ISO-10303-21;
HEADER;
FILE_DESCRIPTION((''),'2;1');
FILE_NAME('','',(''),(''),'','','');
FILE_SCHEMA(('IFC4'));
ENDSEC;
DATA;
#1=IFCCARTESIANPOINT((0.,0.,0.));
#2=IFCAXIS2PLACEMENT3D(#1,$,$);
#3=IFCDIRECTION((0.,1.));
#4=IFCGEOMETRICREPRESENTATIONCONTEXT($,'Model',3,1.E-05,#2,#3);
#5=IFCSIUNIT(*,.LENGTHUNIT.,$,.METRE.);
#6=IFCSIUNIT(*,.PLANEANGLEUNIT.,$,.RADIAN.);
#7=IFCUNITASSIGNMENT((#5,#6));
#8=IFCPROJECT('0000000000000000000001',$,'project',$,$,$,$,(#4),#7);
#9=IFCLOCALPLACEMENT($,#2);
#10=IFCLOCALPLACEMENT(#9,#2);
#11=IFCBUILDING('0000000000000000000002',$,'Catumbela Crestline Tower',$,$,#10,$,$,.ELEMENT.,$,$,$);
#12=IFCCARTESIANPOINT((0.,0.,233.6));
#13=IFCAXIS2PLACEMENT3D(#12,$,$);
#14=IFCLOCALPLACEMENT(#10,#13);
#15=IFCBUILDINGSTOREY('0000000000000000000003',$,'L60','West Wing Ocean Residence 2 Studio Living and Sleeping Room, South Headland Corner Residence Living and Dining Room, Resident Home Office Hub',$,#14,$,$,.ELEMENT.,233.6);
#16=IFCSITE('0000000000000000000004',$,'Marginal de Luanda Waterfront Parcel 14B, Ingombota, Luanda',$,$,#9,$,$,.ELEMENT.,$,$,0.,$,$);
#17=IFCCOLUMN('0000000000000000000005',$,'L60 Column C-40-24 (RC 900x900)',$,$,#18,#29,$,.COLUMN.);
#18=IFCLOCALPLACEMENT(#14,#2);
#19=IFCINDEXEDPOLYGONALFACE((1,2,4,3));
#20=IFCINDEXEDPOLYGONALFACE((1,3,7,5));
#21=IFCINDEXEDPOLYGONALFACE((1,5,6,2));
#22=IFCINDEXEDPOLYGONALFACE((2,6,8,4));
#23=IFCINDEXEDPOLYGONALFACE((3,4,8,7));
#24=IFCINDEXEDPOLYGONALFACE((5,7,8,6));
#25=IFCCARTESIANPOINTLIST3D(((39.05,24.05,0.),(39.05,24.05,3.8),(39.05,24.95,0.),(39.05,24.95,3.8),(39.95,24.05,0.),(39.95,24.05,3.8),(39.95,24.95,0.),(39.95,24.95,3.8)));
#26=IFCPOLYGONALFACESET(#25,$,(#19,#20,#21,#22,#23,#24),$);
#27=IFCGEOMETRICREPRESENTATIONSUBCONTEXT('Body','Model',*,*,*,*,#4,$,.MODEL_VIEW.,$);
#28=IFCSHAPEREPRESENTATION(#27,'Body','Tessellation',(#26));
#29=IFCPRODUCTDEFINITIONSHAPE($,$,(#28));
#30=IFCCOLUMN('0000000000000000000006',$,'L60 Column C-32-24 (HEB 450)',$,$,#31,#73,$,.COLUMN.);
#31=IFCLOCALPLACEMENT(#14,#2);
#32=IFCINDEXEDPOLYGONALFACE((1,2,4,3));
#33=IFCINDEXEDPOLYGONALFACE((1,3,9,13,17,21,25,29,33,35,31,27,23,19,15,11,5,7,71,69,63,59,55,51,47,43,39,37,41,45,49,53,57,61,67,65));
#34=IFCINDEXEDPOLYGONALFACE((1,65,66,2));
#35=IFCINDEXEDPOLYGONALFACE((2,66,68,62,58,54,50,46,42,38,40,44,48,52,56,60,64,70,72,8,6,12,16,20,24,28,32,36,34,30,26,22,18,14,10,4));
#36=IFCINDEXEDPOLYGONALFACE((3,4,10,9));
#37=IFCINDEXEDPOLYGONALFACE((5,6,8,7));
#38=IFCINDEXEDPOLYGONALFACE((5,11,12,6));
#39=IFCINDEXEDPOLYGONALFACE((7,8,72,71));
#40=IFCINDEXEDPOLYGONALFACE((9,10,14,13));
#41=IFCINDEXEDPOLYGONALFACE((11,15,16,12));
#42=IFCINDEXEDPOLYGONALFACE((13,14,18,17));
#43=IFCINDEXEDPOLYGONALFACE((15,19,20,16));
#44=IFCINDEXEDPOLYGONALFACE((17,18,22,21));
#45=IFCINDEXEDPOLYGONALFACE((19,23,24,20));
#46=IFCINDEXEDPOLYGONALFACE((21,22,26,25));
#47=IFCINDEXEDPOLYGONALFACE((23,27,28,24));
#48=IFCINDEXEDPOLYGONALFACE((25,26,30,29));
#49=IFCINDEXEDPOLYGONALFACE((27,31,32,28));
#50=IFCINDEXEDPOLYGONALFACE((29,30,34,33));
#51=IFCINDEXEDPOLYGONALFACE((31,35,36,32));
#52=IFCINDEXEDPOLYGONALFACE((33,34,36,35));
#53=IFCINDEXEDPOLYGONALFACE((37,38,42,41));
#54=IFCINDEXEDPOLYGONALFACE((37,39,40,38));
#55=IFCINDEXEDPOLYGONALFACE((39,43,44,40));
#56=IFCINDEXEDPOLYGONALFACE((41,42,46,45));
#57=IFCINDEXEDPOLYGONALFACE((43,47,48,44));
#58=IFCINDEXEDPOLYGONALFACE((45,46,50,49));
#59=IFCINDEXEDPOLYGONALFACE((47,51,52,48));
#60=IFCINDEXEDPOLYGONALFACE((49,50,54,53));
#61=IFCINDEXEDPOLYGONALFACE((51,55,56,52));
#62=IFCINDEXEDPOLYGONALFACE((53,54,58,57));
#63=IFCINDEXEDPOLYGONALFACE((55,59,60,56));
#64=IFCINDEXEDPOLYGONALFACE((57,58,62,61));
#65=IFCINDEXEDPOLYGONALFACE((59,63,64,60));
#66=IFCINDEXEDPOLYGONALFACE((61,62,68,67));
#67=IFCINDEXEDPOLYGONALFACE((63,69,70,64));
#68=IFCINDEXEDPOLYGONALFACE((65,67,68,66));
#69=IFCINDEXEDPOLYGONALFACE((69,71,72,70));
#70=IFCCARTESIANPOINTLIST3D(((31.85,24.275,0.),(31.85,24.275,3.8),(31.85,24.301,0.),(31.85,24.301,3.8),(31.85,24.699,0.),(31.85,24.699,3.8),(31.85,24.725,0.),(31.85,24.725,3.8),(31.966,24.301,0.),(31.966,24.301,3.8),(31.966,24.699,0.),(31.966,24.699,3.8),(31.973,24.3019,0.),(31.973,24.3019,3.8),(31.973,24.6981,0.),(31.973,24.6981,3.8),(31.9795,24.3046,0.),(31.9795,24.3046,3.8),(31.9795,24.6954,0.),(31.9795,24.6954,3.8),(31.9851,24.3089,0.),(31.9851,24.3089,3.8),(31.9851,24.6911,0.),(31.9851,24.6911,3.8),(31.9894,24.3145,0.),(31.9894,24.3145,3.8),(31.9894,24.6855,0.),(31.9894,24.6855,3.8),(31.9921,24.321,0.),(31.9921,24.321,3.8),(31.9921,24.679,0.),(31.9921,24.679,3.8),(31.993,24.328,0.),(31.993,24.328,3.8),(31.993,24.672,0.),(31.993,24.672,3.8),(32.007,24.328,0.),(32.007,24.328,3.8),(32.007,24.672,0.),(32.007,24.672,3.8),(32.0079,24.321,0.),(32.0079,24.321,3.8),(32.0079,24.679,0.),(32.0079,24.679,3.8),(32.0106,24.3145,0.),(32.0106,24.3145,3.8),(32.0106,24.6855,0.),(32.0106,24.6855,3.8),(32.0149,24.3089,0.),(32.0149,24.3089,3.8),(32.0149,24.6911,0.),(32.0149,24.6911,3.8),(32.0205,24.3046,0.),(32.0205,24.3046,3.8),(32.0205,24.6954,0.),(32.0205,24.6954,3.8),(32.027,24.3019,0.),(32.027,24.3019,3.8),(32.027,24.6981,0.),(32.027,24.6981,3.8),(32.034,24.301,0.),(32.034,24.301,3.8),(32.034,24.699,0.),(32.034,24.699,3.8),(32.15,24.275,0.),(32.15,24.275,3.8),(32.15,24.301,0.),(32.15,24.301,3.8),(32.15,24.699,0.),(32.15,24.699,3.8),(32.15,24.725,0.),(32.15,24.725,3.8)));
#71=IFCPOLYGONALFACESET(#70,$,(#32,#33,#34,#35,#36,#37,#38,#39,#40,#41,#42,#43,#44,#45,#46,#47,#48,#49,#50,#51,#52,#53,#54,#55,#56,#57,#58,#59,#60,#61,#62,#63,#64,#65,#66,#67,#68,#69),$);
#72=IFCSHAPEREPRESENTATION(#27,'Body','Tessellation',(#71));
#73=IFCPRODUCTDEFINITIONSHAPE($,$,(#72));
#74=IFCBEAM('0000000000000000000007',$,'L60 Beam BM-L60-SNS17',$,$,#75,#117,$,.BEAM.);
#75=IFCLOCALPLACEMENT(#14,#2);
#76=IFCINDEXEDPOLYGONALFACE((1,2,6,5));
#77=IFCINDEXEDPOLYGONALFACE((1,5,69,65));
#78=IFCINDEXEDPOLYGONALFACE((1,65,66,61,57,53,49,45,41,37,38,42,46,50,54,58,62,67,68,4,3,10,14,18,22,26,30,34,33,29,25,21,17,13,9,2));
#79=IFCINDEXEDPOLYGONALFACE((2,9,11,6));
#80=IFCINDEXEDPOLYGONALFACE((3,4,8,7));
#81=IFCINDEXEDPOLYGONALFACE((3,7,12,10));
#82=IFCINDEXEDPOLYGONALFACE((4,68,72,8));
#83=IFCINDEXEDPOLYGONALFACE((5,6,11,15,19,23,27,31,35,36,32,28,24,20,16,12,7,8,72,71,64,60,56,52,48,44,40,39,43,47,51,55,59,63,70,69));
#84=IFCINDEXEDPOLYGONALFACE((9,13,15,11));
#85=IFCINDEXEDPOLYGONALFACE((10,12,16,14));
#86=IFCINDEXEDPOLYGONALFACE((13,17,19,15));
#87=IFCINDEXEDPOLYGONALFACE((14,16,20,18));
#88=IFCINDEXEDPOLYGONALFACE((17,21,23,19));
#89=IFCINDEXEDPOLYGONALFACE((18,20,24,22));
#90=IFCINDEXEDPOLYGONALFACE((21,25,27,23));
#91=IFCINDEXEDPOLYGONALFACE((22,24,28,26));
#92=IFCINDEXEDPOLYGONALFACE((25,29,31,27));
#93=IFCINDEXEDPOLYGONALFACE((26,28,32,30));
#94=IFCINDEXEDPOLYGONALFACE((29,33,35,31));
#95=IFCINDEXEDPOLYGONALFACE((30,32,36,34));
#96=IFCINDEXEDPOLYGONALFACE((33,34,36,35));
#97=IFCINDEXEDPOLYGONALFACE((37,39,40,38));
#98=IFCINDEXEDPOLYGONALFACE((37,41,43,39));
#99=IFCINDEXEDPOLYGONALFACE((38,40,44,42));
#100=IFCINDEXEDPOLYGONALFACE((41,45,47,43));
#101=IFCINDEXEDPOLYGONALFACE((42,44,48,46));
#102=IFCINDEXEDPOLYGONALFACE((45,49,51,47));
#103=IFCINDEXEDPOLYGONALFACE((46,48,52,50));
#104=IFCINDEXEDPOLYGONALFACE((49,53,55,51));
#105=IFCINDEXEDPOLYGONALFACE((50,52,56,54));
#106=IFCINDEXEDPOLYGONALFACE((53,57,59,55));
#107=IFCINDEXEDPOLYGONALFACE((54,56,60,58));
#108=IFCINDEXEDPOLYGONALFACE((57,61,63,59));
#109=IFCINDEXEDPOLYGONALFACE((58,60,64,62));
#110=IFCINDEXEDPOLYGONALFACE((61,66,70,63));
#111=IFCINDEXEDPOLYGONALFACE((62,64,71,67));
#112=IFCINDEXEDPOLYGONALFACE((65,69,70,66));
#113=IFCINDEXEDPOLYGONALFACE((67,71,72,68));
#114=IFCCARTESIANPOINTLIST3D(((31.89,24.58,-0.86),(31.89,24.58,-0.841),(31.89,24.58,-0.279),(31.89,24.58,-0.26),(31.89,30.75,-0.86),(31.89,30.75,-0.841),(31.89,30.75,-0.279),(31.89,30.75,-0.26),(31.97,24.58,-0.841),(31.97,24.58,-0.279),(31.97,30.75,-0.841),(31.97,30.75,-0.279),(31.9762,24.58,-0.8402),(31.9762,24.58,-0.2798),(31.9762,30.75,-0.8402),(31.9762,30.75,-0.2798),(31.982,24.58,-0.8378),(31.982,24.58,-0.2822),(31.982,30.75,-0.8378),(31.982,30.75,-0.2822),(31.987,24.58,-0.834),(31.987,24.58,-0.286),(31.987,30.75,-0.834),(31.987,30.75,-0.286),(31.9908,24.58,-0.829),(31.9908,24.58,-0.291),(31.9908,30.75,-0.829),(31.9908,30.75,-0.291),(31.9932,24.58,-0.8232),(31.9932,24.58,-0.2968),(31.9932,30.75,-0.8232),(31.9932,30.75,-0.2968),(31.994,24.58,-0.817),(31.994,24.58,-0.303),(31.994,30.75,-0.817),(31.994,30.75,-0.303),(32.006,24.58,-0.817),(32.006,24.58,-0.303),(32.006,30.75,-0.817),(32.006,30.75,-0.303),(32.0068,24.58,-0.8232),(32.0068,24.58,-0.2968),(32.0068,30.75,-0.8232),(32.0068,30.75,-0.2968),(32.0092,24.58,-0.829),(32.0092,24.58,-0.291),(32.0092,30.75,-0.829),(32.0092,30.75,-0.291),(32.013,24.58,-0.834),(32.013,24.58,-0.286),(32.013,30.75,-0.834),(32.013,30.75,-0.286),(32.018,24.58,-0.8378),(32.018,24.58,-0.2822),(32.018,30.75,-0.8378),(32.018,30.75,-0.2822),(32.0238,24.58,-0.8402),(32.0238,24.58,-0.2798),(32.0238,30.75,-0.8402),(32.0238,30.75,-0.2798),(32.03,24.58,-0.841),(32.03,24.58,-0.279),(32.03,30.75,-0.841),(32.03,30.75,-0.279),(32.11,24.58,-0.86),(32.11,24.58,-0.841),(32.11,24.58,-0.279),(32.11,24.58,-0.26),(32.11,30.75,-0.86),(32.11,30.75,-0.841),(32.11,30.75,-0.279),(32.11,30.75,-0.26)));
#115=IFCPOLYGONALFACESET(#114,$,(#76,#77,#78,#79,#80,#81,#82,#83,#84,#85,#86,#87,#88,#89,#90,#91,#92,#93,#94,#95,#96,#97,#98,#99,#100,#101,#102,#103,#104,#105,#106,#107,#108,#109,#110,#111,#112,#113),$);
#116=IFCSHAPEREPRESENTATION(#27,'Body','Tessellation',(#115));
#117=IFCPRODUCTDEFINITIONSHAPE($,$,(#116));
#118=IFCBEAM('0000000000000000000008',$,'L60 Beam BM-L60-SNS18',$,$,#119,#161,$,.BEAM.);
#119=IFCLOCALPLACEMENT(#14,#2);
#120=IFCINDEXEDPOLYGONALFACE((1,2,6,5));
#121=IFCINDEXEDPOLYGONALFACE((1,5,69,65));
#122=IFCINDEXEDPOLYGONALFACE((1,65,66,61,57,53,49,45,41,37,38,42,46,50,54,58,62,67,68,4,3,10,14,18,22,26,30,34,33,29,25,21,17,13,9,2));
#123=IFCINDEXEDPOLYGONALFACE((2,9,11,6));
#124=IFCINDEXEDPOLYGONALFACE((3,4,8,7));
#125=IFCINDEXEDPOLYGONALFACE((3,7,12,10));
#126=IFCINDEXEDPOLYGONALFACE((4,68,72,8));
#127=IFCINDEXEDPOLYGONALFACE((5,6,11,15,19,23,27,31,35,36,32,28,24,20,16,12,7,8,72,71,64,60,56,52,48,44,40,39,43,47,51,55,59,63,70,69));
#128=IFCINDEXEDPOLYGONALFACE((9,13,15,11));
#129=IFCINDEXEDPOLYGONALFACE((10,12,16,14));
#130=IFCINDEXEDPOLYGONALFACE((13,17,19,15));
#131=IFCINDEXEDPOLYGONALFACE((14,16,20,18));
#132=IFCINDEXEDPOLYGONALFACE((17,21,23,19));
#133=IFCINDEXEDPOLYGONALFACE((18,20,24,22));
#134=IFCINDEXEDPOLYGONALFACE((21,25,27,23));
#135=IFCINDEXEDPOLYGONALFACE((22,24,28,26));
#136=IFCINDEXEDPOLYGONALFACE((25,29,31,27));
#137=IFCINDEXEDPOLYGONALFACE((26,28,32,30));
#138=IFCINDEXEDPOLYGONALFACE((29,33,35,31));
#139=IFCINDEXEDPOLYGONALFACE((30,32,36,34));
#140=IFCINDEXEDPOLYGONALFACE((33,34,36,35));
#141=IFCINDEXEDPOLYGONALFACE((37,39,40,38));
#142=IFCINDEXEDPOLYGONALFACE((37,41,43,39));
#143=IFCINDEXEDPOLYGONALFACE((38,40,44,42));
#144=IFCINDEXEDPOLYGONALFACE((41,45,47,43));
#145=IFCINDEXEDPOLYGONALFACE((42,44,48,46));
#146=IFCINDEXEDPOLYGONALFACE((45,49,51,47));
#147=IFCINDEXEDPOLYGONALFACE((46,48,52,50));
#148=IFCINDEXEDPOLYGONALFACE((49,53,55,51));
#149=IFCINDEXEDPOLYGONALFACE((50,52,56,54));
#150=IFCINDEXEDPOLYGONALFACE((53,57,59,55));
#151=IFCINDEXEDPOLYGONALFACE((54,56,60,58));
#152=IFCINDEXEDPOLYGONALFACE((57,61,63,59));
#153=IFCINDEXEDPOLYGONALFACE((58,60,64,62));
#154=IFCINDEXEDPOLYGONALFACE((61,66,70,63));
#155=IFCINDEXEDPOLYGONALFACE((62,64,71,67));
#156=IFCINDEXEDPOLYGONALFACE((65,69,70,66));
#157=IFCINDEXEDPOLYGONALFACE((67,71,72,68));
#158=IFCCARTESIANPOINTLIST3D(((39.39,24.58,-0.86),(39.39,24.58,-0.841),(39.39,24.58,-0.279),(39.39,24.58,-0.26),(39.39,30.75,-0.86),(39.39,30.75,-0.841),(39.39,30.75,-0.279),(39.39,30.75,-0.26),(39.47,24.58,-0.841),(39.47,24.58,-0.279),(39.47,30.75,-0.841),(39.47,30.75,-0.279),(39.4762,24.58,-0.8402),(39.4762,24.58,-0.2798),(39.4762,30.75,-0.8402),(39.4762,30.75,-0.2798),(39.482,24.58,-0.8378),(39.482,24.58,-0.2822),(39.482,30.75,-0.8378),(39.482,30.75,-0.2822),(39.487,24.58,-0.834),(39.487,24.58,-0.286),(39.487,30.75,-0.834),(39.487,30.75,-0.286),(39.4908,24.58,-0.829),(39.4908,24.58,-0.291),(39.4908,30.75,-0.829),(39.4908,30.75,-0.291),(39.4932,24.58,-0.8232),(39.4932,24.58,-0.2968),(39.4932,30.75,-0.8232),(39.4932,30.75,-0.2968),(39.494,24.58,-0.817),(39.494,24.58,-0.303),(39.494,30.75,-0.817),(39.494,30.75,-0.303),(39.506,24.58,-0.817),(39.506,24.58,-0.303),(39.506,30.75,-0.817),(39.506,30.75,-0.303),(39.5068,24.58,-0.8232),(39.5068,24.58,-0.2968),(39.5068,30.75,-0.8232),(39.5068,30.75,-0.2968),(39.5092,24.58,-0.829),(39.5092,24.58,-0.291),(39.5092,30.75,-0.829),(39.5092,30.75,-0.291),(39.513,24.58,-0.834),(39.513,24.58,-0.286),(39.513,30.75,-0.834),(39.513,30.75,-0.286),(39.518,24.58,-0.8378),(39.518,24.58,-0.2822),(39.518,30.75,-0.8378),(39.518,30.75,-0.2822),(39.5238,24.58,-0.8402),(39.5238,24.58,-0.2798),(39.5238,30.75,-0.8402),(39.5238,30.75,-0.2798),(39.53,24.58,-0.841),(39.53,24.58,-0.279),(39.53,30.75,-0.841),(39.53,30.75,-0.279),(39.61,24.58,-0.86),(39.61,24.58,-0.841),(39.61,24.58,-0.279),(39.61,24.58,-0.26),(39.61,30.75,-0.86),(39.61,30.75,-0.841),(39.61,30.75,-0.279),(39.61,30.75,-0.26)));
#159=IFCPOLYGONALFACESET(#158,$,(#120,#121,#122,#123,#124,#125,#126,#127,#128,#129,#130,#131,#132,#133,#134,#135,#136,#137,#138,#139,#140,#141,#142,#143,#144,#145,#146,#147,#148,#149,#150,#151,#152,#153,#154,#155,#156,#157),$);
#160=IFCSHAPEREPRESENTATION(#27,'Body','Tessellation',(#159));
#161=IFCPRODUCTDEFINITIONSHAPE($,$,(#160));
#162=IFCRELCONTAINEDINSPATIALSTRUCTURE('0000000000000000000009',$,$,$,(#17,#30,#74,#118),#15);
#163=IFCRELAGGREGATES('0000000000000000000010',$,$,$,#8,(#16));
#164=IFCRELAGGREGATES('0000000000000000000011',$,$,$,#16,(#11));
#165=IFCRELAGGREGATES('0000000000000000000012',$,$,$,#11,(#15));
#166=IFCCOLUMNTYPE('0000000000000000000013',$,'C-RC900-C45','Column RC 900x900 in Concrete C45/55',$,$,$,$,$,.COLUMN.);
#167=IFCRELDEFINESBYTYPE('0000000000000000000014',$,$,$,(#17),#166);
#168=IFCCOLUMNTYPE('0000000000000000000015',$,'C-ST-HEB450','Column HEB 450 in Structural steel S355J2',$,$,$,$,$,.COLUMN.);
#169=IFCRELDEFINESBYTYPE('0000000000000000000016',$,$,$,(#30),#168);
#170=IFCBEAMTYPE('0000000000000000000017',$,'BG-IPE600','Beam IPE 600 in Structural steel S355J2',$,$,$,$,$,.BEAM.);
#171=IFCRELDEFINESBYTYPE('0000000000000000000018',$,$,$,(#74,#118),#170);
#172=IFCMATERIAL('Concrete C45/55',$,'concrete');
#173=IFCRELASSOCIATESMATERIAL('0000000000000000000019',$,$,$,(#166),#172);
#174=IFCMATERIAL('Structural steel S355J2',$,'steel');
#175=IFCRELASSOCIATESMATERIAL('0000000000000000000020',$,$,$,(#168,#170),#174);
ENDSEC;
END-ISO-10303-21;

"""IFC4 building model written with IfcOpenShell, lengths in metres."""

from ifc_helpers import new_model, si_unit, direction, frame, origin, origin_2d, place, context, subcontext, project, spatial, rectangle, i_section, extrude, material, material_profile, profile_set, type_object, element, save


model = new_model("IFC4")

# Units and contexts
model_context = context("Model", 3, precision=1e-05, world=origin(), true_north=direction((0.0, 1.0)))
body_context = subcontext(model_context, "Body", "Model", "MODEL_VIEW")
ifc_project = project(units=[si_unit("LENGTHUNIT", "METRE"), si_unit("PLANEANGLEUNIT", "RADIAN")], contexts=[model_context])

# Site, building, storey
site_placement = place(None, origin())
site = spatial("IfcSite", under=ifc_project, at=site_placement, Name="Marginal de Luanda Waterfront Parcel 14B, Ingombota, Luanda", CompositionType="ELEMENT", RefElevation=0.0)
building_placement = place(site_placement, origin())
building = spatial("IfcBuilding", under=site, at=building_placement, Name="Catumbela Crestline Tower", CompositionType="ELEMENT")
storey_placement = place(building_placement, frame((0.0, 0.0, 233.6)))
storey = spatial("IfcBuildingStorey", under=building, at=storey_placement, Name="L60", Description="West Wing Ocean Residence 2 Studio Living and Sleeping Room, South Headland Corner Residence Living and Dining Room, Resident Home Office Hub", CompositionType="ELEMENT", Elevation=233.6)

# Columns
ifc_material_1 = material(Name="Concrete C45/55", Category="concrete")
ifc_material_profile_1 = material_profile(ifc_material_1, rectangle(XDim=0.9, YDim=0.9, at=origin_2d()), Name="RC 900x900")
ifc_profile_set_1 = profile_set([ifc_material_profile_1], Name="Concrete C45/55")
column_type_1 = type_object("IfcColumnType", Name="C-RC900-C45", Description="Column RC 900x900 in Concrete C45/55", PredefinedType="COLUMN", material=ifc_profile_set_1)
column_1_placement = place(storey_placement, frame((39.5, 24.5, 0.0), z_axis=(0.0, 0.0, 1.0), x_axis=(1.0, 0.0, 0.0)))
element("IfcColumn", 1, at=column_1_placement, inside=storey, type_object=column_type_1, Name="L60 Column C-40-24 (RC 900x900)", PredefinedType="COLUMN", context=body_context, shape_type="SweptSolid", body=[
    extrude(rectangle(XDim=0.9, YDim=0.9, at=origin_2d()), origin(), (0.0, 0.0, 1.0), 3.8),
])
ifc_material_2 = material(Name="Structural steel S355J2", Category="steel")
ifc_material_profile_2 = material_profile(ifc_material_2, i_section(OverallWidth=0.3, OverallDepth=0.45, WebThickness=0.014, FlangeThickness=0.026, FilletRadius=0.027, at=origin_2d()), Name="HEB 450")
ifc_profile_set_2 = profile_set([ifc_material_profile_2], Name="Structural steel S355J2")
column_type_2 = type_object("IfcColumnType", Name="C-ST-HEB450", Description="Column HEB 450 in Structural steel S355J2", PredefinedType="COLUMN", material=ifc_profile_set_2)
column_2_placement = place(storey_placement, frame((32.0, 24.5, 0.0), z_axis=(0.0, 0.0, 1.0), x_axis=(1.0, 0.0, 0.0)))
element("IfcColumn", 2, at=column_2_placement, inside=storey, type_object=column_type_2, Name="L60 Column C-32-24 (HEB 450)", PredefinedType="COLUMN", context=body_context, shape_type="SweptSolid", body=[
    extrude(i_section(OverallWidth=0.3, OverallDepth=0.45, WebThickness=0.014, FlangeThickness=0.026, FilletRadius=0.027, at=origin_2d()), origin(), (0.0, 0.0, 1.0), 3.8),
])

# Beams
ifc_material_profile_3 = material_profile(ifc_material_2, i_section(OverallWidth=0.22, OverallDepth=0.6, WebThickness=0.012, FlangeThickness=0.019, FilletRadius=0.024, at=origin_2d()), Name="IPE 600")
ifc_profile_set_3 = profile_set([ifc_material_profile_3], Name="Structural steel S355J2")
beam_type_1 = type_object("IfcBeamType", Name="BG-IPE600", Description="Beam IPE 600 in Structural steel S355J2", PredefinedType="BEAM", material=ifc_profile_set_3)
for number, where, z_axis, x_axis, name in (
    (3, (32.0, 24.58, -0.56), (0.0, 1.0, 0.0), (-1.0, 0.0, 0.0), "L60 Beam BM-L60-SNS17"),
    (4, (39.5, 24.58, -0.56), (0.0, 1.0, 0.0), (-1.0, 0.0, 0.0), "L60 Beam BM-L60-SNS18"),
):
    element("IfcBeam", number, at=place(storey_placement, frame(where, z_axis=z_axis, x_axis=x_axis)), inside=storey, type_object=beam_type_1, Name=name, PredefinedType="BEAM", context=body_context, shape_type="SweptSolid", body=[
        extrude(i_section(OverallWidth=0.22, OverallDepth=0.6, WebThickness=0.012, FlangeThickness=0.019, FilletRadius=0.024, at=origin_2d()), origin(), (0.0, 0.0, 1.0), 6.17),
    ])

save(model, "model.ifc")
